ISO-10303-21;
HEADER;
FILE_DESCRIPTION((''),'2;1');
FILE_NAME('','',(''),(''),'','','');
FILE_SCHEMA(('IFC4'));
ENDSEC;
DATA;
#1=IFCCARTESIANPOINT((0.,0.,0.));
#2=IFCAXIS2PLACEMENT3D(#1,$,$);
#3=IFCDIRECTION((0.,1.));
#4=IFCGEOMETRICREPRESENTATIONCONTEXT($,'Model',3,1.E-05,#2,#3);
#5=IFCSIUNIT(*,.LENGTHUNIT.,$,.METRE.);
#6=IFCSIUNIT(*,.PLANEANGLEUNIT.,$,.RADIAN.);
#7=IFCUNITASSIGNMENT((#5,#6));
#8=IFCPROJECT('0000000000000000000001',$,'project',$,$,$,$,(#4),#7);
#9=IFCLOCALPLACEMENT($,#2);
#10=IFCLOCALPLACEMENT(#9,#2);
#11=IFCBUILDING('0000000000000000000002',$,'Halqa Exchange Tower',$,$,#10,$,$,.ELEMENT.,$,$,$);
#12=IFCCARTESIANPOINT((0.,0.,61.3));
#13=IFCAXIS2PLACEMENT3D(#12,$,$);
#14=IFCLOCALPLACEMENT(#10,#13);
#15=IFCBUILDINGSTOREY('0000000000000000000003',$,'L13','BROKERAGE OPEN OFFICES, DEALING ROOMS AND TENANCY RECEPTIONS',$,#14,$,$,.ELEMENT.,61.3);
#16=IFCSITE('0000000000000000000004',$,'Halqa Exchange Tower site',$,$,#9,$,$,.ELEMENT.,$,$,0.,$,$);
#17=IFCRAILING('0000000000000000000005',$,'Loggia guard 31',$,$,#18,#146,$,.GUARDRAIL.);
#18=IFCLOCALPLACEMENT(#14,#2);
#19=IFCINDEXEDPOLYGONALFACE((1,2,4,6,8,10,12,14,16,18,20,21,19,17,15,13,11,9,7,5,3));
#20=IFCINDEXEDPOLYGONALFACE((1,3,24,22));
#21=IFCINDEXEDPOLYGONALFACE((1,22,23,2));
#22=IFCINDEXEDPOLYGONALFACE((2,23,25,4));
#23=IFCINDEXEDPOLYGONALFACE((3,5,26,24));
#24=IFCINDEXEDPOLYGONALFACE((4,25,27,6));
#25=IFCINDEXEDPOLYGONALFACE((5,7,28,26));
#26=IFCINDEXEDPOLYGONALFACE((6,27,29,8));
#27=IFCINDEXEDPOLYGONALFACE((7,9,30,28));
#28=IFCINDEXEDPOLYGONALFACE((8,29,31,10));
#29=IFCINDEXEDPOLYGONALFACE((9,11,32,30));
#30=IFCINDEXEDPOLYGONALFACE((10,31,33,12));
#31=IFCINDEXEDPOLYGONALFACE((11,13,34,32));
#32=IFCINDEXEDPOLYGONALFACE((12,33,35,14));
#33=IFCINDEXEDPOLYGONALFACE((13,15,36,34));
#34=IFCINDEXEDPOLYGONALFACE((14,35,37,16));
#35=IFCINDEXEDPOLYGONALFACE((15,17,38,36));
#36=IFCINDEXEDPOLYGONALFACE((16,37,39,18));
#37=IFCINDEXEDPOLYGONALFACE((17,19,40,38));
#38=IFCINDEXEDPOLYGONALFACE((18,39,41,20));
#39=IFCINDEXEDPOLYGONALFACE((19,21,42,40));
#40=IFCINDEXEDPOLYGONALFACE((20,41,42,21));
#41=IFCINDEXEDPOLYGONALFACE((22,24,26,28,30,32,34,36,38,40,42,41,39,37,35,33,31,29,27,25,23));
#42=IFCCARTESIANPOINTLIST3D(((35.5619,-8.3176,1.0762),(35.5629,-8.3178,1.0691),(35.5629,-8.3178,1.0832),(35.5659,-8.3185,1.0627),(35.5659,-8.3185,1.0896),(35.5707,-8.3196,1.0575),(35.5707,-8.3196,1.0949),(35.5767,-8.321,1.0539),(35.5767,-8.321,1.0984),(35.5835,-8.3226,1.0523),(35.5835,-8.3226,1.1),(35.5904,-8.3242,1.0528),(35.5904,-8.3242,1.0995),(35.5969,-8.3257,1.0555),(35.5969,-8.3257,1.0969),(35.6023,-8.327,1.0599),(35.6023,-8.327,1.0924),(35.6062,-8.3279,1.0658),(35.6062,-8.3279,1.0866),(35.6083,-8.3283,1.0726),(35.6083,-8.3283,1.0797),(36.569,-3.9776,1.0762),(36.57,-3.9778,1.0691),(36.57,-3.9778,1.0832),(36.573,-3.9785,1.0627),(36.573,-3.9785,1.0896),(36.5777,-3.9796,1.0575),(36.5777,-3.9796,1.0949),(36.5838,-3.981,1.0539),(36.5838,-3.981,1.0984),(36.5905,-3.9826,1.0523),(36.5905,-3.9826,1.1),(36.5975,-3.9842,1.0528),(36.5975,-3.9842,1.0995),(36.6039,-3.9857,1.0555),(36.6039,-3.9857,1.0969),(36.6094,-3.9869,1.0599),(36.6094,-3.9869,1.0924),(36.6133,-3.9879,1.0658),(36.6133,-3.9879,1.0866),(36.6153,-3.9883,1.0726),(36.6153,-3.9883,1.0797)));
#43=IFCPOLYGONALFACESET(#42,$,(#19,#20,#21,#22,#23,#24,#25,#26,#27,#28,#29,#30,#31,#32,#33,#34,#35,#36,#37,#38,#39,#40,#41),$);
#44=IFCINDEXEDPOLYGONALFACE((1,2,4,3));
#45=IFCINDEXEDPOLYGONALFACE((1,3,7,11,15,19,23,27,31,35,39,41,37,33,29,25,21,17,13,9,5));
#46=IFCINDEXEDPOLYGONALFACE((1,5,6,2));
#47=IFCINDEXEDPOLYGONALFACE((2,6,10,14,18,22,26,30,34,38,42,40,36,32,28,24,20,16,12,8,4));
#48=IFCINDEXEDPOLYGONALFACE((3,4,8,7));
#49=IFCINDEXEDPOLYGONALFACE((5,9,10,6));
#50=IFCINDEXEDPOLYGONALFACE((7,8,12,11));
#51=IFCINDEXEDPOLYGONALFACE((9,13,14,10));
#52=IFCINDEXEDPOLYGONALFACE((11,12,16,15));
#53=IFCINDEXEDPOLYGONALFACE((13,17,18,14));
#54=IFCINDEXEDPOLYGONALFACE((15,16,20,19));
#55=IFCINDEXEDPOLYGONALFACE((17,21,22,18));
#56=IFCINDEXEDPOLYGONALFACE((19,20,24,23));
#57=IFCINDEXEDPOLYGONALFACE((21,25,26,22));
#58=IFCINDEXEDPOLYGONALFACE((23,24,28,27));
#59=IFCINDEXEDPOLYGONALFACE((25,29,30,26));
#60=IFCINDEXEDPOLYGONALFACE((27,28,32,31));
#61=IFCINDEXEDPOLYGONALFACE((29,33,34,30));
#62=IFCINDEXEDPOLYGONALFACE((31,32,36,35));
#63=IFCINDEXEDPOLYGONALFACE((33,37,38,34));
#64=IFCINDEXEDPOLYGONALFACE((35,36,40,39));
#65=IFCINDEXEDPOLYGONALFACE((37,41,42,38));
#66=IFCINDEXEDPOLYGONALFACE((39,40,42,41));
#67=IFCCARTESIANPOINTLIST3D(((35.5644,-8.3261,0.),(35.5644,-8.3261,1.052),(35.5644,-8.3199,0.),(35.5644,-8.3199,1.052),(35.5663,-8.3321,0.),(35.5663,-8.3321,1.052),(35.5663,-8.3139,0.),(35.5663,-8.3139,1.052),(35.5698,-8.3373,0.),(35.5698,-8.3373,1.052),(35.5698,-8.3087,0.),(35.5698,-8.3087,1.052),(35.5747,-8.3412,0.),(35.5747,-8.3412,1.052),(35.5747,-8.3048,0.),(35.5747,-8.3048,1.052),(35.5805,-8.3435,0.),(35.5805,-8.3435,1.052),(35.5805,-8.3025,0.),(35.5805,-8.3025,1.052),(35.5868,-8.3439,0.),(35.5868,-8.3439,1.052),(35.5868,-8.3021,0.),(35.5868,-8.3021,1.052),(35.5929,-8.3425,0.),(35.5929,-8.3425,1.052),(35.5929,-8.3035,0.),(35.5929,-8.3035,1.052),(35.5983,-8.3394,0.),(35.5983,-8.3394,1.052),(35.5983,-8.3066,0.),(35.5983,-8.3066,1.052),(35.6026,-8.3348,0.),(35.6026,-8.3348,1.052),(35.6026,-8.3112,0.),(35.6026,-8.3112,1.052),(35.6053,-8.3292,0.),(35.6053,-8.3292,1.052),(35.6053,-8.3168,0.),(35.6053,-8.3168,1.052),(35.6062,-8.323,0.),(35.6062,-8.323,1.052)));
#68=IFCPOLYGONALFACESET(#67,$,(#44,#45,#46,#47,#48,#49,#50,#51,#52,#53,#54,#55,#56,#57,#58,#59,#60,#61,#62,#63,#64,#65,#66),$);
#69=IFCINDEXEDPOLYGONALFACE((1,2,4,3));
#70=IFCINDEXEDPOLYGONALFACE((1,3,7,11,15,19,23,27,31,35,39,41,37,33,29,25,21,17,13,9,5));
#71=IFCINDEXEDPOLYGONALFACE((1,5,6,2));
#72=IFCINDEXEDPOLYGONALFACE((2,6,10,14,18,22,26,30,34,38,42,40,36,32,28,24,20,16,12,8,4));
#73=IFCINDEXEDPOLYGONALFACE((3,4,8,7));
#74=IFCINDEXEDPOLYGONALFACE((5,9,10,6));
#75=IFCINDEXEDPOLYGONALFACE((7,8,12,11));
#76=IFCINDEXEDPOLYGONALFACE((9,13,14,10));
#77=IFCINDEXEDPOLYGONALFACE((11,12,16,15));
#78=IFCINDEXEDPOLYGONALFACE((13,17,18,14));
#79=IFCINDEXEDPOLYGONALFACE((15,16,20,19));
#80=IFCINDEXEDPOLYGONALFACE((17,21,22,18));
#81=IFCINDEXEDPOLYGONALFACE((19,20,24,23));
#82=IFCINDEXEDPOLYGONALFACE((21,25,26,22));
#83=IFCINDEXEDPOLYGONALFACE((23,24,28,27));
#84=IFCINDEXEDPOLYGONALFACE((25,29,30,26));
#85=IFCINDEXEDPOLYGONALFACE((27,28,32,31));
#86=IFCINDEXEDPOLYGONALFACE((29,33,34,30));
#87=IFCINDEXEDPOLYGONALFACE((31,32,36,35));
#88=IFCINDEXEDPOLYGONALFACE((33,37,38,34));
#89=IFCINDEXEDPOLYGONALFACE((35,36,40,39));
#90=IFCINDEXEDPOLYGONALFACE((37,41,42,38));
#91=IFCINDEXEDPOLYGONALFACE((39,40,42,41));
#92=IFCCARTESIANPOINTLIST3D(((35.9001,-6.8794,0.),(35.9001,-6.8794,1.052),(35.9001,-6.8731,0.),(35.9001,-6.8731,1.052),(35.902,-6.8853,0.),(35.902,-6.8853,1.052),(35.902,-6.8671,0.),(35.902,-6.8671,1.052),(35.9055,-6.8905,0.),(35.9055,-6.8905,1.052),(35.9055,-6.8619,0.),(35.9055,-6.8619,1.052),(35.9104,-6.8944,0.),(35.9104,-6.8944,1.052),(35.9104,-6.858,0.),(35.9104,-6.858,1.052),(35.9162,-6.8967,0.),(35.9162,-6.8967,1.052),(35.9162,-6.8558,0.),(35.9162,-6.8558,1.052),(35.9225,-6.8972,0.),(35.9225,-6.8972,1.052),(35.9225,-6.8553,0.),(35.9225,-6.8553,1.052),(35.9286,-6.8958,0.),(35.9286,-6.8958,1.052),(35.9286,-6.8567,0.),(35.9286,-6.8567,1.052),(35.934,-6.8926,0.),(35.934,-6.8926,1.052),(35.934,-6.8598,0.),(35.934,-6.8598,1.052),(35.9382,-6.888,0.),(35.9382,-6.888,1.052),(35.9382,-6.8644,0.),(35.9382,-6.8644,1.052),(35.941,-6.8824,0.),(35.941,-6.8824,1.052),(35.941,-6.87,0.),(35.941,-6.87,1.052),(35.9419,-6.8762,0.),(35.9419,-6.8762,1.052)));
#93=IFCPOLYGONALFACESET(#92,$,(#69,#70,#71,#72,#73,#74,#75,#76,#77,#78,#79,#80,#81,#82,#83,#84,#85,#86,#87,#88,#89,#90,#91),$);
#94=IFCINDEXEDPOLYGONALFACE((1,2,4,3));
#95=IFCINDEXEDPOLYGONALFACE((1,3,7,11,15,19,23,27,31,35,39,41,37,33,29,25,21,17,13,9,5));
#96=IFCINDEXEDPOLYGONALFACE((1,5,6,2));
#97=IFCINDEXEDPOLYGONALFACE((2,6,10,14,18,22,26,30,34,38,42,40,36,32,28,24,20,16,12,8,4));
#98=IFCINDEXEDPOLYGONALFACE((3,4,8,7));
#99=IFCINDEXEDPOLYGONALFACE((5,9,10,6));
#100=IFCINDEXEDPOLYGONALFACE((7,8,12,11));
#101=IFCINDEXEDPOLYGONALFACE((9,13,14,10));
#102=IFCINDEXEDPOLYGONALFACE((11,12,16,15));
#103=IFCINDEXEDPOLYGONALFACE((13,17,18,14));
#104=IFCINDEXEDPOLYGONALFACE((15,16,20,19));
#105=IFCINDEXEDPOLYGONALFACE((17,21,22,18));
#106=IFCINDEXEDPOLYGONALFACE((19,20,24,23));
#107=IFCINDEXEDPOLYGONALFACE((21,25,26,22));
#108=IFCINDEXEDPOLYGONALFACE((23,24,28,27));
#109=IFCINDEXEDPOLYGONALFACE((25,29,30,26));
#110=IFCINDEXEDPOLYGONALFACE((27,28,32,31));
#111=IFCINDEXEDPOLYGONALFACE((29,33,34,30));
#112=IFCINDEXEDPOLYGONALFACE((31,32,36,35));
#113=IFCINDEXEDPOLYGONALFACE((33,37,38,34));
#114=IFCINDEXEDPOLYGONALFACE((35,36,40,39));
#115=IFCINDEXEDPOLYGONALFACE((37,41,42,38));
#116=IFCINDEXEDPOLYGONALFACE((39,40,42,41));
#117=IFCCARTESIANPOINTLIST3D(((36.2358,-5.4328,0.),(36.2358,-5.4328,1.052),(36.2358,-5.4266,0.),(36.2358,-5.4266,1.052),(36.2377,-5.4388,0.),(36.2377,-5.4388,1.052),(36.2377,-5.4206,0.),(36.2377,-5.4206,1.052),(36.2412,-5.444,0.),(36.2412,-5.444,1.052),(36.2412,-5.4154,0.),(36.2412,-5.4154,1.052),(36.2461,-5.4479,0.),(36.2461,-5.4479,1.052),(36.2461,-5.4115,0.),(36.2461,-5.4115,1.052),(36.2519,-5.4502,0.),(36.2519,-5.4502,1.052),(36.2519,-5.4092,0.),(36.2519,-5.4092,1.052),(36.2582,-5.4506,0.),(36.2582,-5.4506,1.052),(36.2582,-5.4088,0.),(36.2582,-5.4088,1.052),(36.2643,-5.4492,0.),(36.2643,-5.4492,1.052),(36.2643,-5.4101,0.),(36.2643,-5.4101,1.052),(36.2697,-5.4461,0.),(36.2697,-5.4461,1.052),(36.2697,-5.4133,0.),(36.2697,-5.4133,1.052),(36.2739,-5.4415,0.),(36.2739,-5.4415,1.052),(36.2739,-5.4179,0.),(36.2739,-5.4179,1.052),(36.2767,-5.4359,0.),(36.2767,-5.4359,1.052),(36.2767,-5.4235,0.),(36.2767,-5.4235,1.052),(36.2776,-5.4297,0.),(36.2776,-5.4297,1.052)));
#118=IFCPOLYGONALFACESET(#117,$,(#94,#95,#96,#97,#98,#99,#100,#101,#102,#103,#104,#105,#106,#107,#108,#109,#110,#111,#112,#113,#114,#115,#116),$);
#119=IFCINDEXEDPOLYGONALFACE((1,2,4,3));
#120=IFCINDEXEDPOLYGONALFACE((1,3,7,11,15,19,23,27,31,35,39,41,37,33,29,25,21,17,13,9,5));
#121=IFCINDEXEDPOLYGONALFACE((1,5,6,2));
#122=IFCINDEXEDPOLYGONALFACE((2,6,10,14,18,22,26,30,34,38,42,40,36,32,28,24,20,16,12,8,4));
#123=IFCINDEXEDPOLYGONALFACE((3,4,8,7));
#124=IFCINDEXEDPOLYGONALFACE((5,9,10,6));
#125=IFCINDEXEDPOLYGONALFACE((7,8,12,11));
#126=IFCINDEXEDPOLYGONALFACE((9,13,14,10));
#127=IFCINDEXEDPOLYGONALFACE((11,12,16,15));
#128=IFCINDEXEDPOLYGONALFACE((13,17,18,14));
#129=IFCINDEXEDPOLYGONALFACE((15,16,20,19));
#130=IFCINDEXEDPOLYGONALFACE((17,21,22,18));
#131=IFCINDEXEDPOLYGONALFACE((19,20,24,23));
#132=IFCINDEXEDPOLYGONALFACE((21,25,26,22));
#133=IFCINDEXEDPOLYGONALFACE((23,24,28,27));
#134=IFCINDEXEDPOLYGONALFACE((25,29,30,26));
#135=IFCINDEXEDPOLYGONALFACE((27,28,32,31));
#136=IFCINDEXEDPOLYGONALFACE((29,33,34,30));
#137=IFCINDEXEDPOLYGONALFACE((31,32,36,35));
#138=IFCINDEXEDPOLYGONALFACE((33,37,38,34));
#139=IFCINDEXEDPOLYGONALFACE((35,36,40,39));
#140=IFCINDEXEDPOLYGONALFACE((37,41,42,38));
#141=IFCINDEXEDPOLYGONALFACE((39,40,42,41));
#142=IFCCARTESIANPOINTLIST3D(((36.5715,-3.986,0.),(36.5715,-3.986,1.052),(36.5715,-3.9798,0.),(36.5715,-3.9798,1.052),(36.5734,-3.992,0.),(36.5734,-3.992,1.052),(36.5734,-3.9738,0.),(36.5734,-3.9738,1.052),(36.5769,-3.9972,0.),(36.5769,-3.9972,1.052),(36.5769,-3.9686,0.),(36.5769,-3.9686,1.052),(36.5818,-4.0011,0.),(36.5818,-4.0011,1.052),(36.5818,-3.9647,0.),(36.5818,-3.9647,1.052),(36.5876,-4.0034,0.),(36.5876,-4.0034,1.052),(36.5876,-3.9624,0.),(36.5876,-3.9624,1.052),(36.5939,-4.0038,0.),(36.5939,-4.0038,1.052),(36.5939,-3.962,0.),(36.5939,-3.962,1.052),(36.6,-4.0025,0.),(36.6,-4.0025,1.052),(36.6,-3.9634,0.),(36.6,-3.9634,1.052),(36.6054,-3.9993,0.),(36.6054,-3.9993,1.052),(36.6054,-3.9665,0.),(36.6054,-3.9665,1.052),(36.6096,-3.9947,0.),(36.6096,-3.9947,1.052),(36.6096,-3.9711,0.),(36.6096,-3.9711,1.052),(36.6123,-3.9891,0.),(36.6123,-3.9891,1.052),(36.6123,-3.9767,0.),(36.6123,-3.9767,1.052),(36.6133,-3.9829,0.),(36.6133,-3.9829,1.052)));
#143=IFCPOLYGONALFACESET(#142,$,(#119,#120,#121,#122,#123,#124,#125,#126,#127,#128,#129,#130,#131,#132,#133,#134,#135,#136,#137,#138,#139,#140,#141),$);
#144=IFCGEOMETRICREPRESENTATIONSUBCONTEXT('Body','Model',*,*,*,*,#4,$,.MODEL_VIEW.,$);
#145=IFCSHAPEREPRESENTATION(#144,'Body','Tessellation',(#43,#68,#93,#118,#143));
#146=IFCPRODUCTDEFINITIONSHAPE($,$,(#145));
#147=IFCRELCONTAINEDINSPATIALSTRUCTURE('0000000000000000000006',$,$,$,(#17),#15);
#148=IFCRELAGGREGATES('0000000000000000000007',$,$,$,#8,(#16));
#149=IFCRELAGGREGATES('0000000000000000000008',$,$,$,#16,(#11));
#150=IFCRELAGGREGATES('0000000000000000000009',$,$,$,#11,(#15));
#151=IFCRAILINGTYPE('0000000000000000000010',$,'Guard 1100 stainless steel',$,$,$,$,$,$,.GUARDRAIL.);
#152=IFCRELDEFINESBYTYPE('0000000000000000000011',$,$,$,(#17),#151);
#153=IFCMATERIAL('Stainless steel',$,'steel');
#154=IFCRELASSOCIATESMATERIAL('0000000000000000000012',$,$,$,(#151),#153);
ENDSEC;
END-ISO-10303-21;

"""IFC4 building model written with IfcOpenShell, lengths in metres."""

from ifc_helpers import new_model, si_unit, direction, frame, origin, origin_2d, place, context, subcontext, project, spatial, circle, extrude, material, type_object, element, save


model = new_model("IFC4")

# Units and contexts
model_context = context("Model", 3, precision=1e-05, world=origin(), true_north=direction((0.0, 1.0)))
body_context = subcontext(model_context, "Body", "Model", "MODEL_VIEW")
ifc_project = project(units=[si_unit("LENGTHUNIT", "METRE"), si_unit("PLANEANGLEUNIT", "RADIAN")], contexts=[model_context])

# Site, building, storey
site_placement = place(None, origin())
site = spatial("IfcSite", under=ifc_project, at=site_placement, Name="Halqa Exchange Tower site", CompositionType="ELEMENT", RefElevation=0.0)
building_placement = place(site_placement, origin())
building = spatial("IfcBuilding", under=site, at=building_placement, Name="Halqa Exchange Tower", CompositionType="ELEMENT")
storey_placement = place(building_placement, frame((0.0, 0.0, 61.3)))
storey = spatial("IfcBuildingStorey", under=building, at=storey_placement, Name="L13", Description="BROKERAGE OPEN OFFICES, DEALING ROOMS AND TENANCY RECEPTIONS", CompositionType="ELEMENT", Elevation=61.3)

# Railing
ifc_material_1 = material(Name="Stainless steel", Category="steel")
railing_type = type_object("IfcRailingType", Name="Guard 1100 stainless steel", PredefinedType="GUARDRAIL", material=ifc_material_1)
railing_1_placement = place(storey_placement, frame((35.5852, -8.323, 0.0)))
element("IfcRailing", 1, at=railing_1_placement, inside=storey, type_object=railing_type, Name="Loggia guard 31", PredefinedType="GUARDRAIL", context=body_context, shape_type="SweptSolid", body=[
    extrude(circle(Radius=0.0239, at=origin_2d()), frame((0.0, 0.0, 1.0762), z_axis=(0.226036, 0.974119, 0.0), x_axis=(-0.974119, 0.226036, 0.0)), (0.0, 0.0, 1.0), 4.4553),
    extrude(circle(Radius=0.021, at=origin_2d()), origin(), (0.0, 0.0, 1.0), 1.052),
    extrude(circle(Radius=0.021, at=origin_2d()), frame((0.3357, 1.4468, 0.0)), (0.0, 0.0, 1.0), 1.052),
    extrude(circle(Radius=0.021, at=origin_2d()), frame((0.6714, 2.8933, 0.0)), (0.0, 0.0, 1.0), 1.052),
    extrude(circle(Radius=0.021, at=origin_2d()), frame((1.0071, 4.3401, 0.0)), (0.0, 0.0, 1.0), 1.052),
])

save(model, "model.ifc")
